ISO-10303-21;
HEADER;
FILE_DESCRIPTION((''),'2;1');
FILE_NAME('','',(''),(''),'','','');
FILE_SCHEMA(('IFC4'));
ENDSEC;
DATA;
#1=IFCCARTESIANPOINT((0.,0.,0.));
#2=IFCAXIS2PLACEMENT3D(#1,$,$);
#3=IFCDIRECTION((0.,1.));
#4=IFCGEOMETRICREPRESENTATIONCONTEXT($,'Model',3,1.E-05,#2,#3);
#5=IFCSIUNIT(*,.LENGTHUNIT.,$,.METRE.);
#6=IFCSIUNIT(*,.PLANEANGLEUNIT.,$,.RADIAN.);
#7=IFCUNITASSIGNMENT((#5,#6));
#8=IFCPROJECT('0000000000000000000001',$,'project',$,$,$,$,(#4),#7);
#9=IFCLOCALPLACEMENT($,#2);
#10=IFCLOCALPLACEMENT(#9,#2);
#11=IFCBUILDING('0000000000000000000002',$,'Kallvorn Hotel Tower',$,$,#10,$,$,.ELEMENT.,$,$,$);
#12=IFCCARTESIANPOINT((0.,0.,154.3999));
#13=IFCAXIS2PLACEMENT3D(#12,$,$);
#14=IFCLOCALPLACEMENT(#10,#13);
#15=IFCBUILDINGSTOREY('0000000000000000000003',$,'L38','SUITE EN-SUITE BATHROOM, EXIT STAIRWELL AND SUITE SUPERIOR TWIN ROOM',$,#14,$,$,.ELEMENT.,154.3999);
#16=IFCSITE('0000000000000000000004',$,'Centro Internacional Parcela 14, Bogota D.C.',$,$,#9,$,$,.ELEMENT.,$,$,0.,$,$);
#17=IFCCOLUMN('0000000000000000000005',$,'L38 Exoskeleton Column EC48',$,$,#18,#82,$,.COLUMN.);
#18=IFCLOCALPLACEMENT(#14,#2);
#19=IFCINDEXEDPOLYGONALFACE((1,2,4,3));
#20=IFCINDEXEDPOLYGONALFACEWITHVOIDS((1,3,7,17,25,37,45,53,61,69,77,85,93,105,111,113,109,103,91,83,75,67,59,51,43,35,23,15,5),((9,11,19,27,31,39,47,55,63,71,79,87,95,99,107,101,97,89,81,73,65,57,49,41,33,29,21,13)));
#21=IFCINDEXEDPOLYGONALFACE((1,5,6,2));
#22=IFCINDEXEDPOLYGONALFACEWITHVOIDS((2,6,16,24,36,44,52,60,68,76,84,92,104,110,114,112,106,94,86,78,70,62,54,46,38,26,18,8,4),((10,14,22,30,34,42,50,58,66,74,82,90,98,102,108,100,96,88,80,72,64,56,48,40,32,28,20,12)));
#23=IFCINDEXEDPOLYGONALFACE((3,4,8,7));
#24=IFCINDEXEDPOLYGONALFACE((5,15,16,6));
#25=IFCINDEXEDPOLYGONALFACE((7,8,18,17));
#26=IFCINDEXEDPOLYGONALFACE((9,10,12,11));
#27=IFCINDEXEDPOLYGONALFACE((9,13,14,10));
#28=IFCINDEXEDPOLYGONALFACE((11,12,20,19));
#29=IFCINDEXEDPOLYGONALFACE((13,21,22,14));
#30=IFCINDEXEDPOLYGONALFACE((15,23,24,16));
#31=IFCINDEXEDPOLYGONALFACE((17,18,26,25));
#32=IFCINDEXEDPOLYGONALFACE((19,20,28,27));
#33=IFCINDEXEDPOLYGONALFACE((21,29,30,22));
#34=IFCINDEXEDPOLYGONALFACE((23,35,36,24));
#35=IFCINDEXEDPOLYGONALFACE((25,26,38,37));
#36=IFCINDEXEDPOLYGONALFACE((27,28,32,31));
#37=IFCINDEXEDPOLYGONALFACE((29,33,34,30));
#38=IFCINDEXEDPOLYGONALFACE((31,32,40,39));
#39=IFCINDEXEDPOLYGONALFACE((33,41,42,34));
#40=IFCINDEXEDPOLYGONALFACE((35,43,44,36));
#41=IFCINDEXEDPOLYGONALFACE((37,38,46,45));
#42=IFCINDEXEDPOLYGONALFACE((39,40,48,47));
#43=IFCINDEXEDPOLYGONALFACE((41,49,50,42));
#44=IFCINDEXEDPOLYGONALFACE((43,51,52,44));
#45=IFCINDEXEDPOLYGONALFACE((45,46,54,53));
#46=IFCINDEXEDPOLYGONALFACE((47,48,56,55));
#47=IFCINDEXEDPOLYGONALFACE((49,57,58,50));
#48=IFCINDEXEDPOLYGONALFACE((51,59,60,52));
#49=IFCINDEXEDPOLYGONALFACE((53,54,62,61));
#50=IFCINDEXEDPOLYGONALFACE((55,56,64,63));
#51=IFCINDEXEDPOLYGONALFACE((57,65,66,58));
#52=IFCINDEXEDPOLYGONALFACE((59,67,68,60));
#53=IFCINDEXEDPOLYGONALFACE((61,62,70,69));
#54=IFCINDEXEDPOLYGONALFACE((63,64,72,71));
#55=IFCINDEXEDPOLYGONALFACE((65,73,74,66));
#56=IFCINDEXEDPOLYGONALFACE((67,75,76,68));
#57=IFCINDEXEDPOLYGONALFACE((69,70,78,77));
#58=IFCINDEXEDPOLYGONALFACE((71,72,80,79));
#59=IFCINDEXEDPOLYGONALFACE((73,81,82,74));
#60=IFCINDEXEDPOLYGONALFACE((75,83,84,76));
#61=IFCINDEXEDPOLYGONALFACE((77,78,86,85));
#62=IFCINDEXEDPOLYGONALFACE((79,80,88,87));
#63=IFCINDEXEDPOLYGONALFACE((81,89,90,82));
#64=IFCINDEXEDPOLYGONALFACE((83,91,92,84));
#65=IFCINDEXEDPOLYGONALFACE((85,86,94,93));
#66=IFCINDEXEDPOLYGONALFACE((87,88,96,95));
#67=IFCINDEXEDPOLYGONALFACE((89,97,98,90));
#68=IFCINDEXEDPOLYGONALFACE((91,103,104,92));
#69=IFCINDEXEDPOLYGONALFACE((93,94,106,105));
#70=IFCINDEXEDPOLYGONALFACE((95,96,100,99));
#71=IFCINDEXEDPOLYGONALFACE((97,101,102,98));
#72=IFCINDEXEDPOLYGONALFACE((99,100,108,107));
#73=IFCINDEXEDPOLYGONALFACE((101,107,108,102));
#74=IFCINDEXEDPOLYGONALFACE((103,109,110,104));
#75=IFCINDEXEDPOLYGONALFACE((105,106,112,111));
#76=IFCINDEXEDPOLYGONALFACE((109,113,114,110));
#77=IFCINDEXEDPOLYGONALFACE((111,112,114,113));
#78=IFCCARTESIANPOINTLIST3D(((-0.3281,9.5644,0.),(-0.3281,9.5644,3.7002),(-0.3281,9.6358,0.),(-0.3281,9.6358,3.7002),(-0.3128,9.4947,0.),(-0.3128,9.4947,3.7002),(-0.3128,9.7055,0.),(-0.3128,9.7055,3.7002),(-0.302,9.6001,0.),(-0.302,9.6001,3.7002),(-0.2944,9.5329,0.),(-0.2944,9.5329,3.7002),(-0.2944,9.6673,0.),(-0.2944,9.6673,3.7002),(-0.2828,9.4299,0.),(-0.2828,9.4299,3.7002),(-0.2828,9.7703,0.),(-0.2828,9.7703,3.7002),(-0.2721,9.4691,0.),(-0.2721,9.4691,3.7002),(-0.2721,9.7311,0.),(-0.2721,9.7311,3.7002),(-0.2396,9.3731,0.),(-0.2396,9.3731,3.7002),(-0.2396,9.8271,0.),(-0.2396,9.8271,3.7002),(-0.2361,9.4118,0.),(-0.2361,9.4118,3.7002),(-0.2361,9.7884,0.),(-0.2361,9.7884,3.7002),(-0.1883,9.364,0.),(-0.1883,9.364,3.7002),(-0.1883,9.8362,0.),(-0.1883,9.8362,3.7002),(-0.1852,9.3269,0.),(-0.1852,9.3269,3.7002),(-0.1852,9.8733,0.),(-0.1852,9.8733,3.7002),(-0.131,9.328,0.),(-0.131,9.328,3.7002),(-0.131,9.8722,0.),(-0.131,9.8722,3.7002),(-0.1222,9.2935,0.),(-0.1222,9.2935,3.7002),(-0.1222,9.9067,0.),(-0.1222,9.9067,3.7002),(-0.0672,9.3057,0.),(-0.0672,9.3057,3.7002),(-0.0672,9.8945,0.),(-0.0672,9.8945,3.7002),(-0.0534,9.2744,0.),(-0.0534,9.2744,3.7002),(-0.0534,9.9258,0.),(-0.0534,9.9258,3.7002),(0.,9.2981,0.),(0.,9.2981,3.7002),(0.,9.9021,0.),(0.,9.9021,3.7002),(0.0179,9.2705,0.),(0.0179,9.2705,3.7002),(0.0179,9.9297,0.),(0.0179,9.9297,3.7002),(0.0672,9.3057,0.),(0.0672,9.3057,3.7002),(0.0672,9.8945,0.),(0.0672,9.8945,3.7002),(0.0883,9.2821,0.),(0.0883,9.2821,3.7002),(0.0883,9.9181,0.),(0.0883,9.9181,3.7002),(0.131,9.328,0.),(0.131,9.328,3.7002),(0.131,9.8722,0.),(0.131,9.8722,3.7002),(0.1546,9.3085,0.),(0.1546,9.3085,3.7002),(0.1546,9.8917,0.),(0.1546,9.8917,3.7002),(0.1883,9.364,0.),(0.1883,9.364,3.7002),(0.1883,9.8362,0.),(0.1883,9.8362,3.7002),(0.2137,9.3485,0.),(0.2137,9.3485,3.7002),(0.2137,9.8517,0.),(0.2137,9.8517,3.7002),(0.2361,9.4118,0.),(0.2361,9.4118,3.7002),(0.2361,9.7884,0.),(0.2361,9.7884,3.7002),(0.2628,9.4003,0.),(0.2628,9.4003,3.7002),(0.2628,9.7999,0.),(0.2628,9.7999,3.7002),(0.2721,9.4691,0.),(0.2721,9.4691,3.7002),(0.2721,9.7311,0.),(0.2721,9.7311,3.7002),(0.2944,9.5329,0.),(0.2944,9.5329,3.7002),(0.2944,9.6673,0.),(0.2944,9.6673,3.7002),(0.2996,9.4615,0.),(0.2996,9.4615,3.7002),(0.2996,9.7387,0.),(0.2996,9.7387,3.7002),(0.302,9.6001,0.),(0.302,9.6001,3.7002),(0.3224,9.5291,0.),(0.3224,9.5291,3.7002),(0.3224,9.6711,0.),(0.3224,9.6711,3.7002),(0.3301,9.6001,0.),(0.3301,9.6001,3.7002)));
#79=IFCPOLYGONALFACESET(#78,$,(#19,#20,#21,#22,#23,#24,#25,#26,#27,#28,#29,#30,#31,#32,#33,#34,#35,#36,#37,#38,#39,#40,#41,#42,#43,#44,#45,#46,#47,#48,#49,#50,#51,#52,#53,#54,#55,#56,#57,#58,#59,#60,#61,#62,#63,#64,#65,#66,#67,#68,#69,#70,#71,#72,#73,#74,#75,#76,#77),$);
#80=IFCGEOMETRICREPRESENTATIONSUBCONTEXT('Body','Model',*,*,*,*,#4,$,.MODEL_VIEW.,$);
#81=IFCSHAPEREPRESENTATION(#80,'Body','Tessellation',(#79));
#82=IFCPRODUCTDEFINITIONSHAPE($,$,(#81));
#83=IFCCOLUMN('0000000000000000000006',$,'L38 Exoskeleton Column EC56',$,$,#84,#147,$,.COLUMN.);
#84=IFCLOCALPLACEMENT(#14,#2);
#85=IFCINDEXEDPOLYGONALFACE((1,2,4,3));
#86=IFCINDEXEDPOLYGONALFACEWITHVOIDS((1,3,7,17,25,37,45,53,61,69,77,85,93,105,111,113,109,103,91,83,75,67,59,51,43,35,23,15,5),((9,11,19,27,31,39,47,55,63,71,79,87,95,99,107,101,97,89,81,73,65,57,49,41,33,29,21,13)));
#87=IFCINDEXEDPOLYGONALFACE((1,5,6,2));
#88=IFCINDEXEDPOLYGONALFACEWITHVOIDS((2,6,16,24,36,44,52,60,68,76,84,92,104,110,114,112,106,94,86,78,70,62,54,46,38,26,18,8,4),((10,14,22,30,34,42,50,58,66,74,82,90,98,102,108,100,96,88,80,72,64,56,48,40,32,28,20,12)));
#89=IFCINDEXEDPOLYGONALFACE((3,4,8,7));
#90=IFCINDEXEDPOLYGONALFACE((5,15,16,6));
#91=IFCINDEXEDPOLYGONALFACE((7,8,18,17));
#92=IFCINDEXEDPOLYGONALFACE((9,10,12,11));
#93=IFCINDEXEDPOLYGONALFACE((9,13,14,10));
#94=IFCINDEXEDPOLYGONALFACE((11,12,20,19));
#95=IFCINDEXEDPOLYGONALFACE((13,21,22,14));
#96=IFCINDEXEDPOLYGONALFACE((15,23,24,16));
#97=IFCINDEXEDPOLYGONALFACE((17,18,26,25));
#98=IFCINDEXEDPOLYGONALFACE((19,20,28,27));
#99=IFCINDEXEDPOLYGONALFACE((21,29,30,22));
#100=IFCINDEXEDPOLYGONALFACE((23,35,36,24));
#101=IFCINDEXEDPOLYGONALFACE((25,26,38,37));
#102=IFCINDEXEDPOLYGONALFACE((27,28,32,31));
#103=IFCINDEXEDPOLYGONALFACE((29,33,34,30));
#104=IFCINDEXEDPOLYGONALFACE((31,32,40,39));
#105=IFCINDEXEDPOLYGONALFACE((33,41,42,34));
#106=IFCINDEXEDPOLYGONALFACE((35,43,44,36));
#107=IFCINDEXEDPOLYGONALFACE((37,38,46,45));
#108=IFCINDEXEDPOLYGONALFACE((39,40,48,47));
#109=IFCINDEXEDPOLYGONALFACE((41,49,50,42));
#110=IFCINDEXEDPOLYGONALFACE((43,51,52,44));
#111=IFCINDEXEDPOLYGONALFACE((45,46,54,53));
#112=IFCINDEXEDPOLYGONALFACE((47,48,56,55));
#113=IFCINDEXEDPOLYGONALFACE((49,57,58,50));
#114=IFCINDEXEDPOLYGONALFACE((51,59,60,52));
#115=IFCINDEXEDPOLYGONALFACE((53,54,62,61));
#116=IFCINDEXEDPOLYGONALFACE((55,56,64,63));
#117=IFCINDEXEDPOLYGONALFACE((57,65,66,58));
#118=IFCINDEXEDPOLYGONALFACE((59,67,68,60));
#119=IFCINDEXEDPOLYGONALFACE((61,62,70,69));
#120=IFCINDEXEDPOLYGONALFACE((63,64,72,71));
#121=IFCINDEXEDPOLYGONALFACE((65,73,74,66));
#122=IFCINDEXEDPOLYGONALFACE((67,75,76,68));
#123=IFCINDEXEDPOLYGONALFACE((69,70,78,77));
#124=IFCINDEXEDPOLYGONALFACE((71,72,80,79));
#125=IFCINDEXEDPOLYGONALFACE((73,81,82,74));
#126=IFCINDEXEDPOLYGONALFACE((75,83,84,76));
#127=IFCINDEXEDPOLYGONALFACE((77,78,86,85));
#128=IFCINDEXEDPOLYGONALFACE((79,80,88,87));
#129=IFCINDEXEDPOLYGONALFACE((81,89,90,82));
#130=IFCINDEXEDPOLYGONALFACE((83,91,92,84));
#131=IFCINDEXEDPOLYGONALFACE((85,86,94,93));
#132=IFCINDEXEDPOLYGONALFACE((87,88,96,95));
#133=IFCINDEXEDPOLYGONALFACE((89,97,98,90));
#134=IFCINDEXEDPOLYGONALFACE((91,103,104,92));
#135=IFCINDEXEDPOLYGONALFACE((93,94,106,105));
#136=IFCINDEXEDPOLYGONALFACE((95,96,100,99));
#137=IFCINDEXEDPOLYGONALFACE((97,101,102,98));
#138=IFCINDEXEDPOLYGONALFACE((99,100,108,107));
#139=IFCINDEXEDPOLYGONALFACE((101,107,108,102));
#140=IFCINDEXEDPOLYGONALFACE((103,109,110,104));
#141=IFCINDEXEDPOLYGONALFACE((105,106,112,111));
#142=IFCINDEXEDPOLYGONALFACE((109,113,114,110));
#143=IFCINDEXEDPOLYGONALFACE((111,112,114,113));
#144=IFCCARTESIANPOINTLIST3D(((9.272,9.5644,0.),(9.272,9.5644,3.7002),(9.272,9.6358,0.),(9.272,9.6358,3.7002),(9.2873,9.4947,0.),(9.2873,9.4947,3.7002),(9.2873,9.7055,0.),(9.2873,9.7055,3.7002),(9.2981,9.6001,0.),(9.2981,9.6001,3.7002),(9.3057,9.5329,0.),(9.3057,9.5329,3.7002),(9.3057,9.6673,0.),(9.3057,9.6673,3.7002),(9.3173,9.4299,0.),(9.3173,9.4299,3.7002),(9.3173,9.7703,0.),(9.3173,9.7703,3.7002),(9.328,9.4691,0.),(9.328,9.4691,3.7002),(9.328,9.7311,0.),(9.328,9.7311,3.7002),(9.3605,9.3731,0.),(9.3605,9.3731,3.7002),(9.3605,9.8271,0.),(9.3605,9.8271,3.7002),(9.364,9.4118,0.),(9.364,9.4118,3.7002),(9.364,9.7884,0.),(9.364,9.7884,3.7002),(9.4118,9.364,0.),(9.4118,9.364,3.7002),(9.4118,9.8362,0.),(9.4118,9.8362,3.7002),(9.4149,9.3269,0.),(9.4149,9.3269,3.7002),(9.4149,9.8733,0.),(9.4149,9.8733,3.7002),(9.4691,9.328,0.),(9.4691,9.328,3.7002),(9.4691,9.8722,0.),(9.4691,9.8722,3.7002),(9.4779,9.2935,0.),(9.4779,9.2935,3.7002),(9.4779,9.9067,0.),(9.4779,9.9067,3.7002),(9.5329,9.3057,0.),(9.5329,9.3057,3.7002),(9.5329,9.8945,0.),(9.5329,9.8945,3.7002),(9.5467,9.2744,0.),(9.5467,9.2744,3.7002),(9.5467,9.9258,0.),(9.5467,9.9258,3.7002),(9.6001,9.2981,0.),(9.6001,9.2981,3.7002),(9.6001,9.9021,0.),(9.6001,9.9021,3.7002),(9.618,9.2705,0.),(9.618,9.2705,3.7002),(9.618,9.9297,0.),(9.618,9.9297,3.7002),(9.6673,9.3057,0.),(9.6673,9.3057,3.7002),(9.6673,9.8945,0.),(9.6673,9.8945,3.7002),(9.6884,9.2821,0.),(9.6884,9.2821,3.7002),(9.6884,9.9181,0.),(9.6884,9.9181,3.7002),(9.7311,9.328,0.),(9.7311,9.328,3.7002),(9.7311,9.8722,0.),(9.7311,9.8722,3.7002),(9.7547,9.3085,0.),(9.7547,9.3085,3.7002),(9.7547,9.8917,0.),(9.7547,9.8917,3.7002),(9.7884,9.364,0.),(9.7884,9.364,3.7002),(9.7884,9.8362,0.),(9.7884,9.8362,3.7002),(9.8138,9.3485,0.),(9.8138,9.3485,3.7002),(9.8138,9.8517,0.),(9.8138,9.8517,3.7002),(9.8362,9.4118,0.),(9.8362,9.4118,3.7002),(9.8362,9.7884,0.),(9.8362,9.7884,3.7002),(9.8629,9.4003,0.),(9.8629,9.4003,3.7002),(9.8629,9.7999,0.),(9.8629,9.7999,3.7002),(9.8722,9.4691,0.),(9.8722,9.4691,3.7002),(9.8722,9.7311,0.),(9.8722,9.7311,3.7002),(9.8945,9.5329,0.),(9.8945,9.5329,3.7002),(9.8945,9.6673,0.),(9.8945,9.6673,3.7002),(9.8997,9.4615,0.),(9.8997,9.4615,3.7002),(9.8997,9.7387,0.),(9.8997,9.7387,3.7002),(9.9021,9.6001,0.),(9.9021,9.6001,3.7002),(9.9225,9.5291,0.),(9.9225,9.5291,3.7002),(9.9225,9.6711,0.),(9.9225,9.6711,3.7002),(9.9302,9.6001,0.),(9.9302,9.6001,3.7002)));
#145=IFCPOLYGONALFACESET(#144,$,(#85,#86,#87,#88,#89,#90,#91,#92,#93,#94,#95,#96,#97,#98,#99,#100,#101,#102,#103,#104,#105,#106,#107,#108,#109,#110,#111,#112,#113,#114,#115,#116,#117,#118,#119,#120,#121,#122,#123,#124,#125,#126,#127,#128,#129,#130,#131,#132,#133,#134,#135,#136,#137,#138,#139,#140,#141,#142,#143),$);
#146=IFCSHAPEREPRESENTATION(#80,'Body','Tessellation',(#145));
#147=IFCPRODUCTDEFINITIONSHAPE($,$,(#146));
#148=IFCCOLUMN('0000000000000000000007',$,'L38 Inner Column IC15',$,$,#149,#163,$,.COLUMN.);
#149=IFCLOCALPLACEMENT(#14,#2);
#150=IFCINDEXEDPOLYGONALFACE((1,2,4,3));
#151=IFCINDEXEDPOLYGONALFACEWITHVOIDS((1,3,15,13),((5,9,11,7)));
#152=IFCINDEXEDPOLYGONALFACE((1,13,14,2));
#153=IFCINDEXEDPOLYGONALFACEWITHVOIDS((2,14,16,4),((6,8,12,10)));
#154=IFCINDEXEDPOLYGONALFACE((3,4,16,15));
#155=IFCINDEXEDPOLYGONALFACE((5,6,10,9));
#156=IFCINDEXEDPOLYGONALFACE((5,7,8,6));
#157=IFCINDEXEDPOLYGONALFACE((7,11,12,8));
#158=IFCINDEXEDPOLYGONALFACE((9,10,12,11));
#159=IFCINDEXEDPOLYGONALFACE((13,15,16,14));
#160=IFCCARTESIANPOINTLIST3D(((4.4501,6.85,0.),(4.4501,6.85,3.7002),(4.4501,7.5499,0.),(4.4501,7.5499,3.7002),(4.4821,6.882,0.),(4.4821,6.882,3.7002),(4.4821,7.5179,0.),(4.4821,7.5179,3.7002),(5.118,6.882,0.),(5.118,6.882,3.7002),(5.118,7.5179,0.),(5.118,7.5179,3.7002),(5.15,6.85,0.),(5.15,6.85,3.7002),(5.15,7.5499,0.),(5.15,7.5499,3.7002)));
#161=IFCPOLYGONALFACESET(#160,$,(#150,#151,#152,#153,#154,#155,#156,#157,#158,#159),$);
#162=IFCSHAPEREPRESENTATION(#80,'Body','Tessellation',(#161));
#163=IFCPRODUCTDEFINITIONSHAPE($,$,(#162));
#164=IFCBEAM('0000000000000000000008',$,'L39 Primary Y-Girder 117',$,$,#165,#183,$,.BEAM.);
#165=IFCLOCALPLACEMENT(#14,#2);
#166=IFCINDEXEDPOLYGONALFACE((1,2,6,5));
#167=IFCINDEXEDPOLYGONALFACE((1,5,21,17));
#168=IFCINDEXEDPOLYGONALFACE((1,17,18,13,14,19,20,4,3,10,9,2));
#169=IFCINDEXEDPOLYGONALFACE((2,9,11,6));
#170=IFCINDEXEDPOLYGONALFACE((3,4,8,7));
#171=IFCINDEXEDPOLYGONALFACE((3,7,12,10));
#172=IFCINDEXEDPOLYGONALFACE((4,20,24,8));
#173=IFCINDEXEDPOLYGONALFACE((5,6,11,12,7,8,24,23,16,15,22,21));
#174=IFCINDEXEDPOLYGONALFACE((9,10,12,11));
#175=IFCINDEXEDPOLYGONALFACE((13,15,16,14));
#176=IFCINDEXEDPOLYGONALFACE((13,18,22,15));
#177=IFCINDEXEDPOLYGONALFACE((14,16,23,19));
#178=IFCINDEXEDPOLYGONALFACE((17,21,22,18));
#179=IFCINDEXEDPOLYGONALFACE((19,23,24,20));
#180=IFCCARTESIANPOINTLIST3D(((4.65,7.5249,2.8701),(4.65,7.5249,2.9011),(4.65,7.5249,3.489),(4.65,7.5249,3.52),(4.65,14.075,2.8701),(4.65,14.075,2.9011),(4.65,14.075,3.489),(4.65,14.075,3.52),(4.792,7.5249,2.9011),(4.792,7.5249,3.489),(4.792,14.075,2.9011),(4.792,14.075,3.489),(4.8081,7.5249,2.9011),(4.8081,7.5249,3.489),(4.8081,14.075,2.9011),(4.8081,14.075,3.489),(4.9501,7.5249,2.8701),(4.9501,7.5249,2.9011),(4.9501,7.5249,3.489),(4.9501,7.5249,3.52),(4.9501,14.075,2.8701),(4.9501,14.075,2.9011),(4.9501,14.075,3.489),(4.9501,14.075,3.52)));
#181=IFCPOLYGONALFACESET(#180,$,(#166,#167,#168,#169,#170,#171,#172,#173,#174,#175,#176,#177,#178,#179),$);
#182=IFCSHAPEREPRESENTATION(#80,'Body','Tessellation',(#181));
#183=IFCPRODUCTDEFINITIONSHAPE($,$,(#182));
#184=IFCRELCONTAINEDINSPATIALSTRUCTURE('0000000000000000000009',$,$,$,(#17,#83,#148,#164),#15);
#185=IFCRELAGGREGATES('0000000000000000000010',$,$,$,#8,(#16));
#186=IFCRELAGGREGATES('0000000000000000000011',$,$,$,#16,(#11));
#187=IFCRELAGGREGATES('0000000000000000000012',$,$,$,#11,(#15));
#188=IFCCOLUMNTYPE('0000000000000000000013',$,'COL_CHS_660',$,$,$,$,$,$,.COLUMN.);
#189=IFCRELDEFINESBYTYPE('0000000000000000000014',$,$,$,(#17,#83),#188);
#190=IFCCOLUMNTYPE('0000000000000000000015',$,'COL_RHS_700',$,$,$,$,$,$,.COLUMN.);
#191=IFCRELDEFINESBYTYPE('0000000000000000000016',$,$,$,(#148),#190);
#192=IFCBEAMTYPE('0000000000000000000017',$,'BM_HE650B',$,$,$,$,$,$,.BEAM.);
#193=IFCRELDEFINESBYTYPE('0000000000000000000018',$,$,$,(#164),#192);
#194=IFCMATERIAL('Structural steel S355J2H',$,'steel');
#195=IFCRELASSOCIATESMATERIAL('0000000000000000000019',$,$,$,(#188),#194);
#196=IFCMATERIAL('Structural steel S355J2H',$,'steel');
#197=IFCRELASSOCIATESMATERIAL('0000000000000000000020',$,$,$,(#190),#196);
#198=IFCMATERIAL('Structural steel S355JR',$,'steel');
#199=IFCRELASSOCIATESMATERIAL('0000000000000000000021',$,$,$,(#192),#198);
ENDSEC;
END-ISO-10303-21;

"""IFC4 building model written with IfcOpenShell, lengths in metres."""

from ifc_helpers import new_model, si_unit, direction, frame, origin, origin_2d, place, context, subcontext, project, spatial, hollow_rectangle, hollow_circle, i_section, extrude, material, material_profile, profile_set, type_object, element, save


model = new_model("IFC4")

# Units and contexts
model_context = context("Model", 3, precision=1e-05, world=origin(), true_north=direction((0.0, 1.0)))
body_context = subcontext(model_context, "Body", "Model", "MODEL_VIEW")
ifc_project = project(units=[si_unit("LENGTHUNIT", "METRE"), si_unit("PLANEANGLEUNIT", "RADIAN")], contexts=[model_context])

# Site, building, storey
site_placement = place(None, origin())
site = spatial("IfcSite", under=ifc_project, at=site_placement, Name="Centro Internacional Parcela 14, Bogota D.C.", CompositionType="ELEMENT", RefElevation=0.0)
building_placement = place(site_placement, origin())
building = spatial("IfcBuilding", under=site, at=building_placement, Name="Kallvorn Hotel Tower", CompositionType="ELEMENT")
storey_placement = place(building_placement, frame((0.0, 0.0, 154.3999)))
storey = spatial("IfcBuildingStorey", under=building, at=storey_placement, Name="L38", Description="SUITE EN-SUITE BATHROOM, EXIT STAIRWELL AND SUITE SUPERIOR TWIN ROOM", CompositionType="ELEMENT", Elevation=154.3999)

# Columns
ifc_material_1 = material(Name="Structural steel S355J2H", Category="steel")
ifc_material_profile_1 = material_profile(ifc_material_1, hollow_circle(Radius=0.3301, WallThickness=0.0281, at=origin_2d()), Name="CHS 660x28")
ifc_profile_set_1 = profile_set([ifc_material_profile_1], Name="Structural steel S355J2H")
column_type_1 = type_object("IfcColumnType", Name="COL_CHS_660", PredefinedType="COLUMN", material=ifc_profile_set_1)
for number, where, z_axis, x_axis, name in (
    (1, (0.0, 9.6001, 0.0), (0.0, 0.0, 1.0), (1.0, 0.0, 0.0), "L38 Exoskeleton Column EC48"),
    (2, (9.6001, 9.6001, 0.0), (0.0, 0.0, 1.0), (1.0, 0.0, 0.0), "L38 Exoskeleton Column EC56"),
):
    element("IfcColumn", number, at=place(storey_placement, frame(where, z_axis=z_axis, x_axis=x_axis)), inside=storey, type_object=column_type_1, Name=name, PredefinedType="COLUMN", context=body_context, shape_type="SweptSolid", body=[
        extrude(hollow_circle(Radius=0.3301, WallThickness=0.0281, at=origin_2d()), origin(), (0.0, 0.0, 1.0), 3.7002),
    ])
ifc_material_2 = material(Name="Structural steel S355J2H", Category="steel")
ifc_material_profile_2 = material_profile(ifc_material_2, hollow_rectangle(XDim=0.7, YDim=0.7, WallThickness=0.032, at=origin_2d()), Name="RHS 700x700x32")
ifc_profile_set_2 = profile_set([ifc_material_profile_2], Name="Structural steel S355J2H")
column_type_2 = type_object("IfcColumnType", Name="COL_RHS_700", PredefinedType="COLUMN", material=ifc_profile_set_2)
column_placement = place(storey_placement, frame((4.8, 7.2, 0.0), z_axis=(0.0, 0.0, 1.0), x_axis=(1.0, 0.0, 0.0)))
element("IfcColumn", 3, at=column_placement, inside=storey, type_object=column_type_2, Name="L38 Inner Column IC15", PredefinedType="COLUMN", context=body_context, shape_type="SweptSolid", body=[
    extrude(hollow_rectangle(XDim=0.7, YDim=0.7, WallThickness=0.032, at=origin_2d()), origin(), (0.0, 0.0, 1.0), 3.7002),
])

# Beam
ifc_material_3 = material(Name="Structural steel S355JR", Category="steel")
ifc_material_profile_3 = material_profile(ifc_material_3, i_section(OverallWidth=0.3, OverallDepth=0.6499, WebThickness=0.0161, FlangeThickness=0.031, at=origin_2d()), Name="HE 650 B")
ifc_profile_set_3 = profile_set([ifc_material_profile_3], Name="Structural steel S355JR")
beam_type_1 = type_object("IfcBeamType", Name="BM_HE650B", PredefinedType="BEAM", material=ifc_profile_set_3)
beam_1_placement = place(storey_placement, frame((4.8, 7.5249, 3.1951), z_axis=(0.0, 1.0, 0.0), x_axis=(-1.0, 0.0, 0.0)))
element("IfcBeam", 4, at=beam_1_placement, inside=storey, type_object=beam_type_1, Name="L39 Primary Y-Girder 117", PredefinedType="BEAM", context=body_context, shape_type="SweptSolid", body=[
    extrude(i_section(OverallWidth=0.3, OverallDepth=0.6499, WebThickness=0.0161, FlangeThickness=0.031, at=origin_2d()), origin(), (0.0, 0.0, 1.0), 6.55),
])

save(model, "model.ifc")
